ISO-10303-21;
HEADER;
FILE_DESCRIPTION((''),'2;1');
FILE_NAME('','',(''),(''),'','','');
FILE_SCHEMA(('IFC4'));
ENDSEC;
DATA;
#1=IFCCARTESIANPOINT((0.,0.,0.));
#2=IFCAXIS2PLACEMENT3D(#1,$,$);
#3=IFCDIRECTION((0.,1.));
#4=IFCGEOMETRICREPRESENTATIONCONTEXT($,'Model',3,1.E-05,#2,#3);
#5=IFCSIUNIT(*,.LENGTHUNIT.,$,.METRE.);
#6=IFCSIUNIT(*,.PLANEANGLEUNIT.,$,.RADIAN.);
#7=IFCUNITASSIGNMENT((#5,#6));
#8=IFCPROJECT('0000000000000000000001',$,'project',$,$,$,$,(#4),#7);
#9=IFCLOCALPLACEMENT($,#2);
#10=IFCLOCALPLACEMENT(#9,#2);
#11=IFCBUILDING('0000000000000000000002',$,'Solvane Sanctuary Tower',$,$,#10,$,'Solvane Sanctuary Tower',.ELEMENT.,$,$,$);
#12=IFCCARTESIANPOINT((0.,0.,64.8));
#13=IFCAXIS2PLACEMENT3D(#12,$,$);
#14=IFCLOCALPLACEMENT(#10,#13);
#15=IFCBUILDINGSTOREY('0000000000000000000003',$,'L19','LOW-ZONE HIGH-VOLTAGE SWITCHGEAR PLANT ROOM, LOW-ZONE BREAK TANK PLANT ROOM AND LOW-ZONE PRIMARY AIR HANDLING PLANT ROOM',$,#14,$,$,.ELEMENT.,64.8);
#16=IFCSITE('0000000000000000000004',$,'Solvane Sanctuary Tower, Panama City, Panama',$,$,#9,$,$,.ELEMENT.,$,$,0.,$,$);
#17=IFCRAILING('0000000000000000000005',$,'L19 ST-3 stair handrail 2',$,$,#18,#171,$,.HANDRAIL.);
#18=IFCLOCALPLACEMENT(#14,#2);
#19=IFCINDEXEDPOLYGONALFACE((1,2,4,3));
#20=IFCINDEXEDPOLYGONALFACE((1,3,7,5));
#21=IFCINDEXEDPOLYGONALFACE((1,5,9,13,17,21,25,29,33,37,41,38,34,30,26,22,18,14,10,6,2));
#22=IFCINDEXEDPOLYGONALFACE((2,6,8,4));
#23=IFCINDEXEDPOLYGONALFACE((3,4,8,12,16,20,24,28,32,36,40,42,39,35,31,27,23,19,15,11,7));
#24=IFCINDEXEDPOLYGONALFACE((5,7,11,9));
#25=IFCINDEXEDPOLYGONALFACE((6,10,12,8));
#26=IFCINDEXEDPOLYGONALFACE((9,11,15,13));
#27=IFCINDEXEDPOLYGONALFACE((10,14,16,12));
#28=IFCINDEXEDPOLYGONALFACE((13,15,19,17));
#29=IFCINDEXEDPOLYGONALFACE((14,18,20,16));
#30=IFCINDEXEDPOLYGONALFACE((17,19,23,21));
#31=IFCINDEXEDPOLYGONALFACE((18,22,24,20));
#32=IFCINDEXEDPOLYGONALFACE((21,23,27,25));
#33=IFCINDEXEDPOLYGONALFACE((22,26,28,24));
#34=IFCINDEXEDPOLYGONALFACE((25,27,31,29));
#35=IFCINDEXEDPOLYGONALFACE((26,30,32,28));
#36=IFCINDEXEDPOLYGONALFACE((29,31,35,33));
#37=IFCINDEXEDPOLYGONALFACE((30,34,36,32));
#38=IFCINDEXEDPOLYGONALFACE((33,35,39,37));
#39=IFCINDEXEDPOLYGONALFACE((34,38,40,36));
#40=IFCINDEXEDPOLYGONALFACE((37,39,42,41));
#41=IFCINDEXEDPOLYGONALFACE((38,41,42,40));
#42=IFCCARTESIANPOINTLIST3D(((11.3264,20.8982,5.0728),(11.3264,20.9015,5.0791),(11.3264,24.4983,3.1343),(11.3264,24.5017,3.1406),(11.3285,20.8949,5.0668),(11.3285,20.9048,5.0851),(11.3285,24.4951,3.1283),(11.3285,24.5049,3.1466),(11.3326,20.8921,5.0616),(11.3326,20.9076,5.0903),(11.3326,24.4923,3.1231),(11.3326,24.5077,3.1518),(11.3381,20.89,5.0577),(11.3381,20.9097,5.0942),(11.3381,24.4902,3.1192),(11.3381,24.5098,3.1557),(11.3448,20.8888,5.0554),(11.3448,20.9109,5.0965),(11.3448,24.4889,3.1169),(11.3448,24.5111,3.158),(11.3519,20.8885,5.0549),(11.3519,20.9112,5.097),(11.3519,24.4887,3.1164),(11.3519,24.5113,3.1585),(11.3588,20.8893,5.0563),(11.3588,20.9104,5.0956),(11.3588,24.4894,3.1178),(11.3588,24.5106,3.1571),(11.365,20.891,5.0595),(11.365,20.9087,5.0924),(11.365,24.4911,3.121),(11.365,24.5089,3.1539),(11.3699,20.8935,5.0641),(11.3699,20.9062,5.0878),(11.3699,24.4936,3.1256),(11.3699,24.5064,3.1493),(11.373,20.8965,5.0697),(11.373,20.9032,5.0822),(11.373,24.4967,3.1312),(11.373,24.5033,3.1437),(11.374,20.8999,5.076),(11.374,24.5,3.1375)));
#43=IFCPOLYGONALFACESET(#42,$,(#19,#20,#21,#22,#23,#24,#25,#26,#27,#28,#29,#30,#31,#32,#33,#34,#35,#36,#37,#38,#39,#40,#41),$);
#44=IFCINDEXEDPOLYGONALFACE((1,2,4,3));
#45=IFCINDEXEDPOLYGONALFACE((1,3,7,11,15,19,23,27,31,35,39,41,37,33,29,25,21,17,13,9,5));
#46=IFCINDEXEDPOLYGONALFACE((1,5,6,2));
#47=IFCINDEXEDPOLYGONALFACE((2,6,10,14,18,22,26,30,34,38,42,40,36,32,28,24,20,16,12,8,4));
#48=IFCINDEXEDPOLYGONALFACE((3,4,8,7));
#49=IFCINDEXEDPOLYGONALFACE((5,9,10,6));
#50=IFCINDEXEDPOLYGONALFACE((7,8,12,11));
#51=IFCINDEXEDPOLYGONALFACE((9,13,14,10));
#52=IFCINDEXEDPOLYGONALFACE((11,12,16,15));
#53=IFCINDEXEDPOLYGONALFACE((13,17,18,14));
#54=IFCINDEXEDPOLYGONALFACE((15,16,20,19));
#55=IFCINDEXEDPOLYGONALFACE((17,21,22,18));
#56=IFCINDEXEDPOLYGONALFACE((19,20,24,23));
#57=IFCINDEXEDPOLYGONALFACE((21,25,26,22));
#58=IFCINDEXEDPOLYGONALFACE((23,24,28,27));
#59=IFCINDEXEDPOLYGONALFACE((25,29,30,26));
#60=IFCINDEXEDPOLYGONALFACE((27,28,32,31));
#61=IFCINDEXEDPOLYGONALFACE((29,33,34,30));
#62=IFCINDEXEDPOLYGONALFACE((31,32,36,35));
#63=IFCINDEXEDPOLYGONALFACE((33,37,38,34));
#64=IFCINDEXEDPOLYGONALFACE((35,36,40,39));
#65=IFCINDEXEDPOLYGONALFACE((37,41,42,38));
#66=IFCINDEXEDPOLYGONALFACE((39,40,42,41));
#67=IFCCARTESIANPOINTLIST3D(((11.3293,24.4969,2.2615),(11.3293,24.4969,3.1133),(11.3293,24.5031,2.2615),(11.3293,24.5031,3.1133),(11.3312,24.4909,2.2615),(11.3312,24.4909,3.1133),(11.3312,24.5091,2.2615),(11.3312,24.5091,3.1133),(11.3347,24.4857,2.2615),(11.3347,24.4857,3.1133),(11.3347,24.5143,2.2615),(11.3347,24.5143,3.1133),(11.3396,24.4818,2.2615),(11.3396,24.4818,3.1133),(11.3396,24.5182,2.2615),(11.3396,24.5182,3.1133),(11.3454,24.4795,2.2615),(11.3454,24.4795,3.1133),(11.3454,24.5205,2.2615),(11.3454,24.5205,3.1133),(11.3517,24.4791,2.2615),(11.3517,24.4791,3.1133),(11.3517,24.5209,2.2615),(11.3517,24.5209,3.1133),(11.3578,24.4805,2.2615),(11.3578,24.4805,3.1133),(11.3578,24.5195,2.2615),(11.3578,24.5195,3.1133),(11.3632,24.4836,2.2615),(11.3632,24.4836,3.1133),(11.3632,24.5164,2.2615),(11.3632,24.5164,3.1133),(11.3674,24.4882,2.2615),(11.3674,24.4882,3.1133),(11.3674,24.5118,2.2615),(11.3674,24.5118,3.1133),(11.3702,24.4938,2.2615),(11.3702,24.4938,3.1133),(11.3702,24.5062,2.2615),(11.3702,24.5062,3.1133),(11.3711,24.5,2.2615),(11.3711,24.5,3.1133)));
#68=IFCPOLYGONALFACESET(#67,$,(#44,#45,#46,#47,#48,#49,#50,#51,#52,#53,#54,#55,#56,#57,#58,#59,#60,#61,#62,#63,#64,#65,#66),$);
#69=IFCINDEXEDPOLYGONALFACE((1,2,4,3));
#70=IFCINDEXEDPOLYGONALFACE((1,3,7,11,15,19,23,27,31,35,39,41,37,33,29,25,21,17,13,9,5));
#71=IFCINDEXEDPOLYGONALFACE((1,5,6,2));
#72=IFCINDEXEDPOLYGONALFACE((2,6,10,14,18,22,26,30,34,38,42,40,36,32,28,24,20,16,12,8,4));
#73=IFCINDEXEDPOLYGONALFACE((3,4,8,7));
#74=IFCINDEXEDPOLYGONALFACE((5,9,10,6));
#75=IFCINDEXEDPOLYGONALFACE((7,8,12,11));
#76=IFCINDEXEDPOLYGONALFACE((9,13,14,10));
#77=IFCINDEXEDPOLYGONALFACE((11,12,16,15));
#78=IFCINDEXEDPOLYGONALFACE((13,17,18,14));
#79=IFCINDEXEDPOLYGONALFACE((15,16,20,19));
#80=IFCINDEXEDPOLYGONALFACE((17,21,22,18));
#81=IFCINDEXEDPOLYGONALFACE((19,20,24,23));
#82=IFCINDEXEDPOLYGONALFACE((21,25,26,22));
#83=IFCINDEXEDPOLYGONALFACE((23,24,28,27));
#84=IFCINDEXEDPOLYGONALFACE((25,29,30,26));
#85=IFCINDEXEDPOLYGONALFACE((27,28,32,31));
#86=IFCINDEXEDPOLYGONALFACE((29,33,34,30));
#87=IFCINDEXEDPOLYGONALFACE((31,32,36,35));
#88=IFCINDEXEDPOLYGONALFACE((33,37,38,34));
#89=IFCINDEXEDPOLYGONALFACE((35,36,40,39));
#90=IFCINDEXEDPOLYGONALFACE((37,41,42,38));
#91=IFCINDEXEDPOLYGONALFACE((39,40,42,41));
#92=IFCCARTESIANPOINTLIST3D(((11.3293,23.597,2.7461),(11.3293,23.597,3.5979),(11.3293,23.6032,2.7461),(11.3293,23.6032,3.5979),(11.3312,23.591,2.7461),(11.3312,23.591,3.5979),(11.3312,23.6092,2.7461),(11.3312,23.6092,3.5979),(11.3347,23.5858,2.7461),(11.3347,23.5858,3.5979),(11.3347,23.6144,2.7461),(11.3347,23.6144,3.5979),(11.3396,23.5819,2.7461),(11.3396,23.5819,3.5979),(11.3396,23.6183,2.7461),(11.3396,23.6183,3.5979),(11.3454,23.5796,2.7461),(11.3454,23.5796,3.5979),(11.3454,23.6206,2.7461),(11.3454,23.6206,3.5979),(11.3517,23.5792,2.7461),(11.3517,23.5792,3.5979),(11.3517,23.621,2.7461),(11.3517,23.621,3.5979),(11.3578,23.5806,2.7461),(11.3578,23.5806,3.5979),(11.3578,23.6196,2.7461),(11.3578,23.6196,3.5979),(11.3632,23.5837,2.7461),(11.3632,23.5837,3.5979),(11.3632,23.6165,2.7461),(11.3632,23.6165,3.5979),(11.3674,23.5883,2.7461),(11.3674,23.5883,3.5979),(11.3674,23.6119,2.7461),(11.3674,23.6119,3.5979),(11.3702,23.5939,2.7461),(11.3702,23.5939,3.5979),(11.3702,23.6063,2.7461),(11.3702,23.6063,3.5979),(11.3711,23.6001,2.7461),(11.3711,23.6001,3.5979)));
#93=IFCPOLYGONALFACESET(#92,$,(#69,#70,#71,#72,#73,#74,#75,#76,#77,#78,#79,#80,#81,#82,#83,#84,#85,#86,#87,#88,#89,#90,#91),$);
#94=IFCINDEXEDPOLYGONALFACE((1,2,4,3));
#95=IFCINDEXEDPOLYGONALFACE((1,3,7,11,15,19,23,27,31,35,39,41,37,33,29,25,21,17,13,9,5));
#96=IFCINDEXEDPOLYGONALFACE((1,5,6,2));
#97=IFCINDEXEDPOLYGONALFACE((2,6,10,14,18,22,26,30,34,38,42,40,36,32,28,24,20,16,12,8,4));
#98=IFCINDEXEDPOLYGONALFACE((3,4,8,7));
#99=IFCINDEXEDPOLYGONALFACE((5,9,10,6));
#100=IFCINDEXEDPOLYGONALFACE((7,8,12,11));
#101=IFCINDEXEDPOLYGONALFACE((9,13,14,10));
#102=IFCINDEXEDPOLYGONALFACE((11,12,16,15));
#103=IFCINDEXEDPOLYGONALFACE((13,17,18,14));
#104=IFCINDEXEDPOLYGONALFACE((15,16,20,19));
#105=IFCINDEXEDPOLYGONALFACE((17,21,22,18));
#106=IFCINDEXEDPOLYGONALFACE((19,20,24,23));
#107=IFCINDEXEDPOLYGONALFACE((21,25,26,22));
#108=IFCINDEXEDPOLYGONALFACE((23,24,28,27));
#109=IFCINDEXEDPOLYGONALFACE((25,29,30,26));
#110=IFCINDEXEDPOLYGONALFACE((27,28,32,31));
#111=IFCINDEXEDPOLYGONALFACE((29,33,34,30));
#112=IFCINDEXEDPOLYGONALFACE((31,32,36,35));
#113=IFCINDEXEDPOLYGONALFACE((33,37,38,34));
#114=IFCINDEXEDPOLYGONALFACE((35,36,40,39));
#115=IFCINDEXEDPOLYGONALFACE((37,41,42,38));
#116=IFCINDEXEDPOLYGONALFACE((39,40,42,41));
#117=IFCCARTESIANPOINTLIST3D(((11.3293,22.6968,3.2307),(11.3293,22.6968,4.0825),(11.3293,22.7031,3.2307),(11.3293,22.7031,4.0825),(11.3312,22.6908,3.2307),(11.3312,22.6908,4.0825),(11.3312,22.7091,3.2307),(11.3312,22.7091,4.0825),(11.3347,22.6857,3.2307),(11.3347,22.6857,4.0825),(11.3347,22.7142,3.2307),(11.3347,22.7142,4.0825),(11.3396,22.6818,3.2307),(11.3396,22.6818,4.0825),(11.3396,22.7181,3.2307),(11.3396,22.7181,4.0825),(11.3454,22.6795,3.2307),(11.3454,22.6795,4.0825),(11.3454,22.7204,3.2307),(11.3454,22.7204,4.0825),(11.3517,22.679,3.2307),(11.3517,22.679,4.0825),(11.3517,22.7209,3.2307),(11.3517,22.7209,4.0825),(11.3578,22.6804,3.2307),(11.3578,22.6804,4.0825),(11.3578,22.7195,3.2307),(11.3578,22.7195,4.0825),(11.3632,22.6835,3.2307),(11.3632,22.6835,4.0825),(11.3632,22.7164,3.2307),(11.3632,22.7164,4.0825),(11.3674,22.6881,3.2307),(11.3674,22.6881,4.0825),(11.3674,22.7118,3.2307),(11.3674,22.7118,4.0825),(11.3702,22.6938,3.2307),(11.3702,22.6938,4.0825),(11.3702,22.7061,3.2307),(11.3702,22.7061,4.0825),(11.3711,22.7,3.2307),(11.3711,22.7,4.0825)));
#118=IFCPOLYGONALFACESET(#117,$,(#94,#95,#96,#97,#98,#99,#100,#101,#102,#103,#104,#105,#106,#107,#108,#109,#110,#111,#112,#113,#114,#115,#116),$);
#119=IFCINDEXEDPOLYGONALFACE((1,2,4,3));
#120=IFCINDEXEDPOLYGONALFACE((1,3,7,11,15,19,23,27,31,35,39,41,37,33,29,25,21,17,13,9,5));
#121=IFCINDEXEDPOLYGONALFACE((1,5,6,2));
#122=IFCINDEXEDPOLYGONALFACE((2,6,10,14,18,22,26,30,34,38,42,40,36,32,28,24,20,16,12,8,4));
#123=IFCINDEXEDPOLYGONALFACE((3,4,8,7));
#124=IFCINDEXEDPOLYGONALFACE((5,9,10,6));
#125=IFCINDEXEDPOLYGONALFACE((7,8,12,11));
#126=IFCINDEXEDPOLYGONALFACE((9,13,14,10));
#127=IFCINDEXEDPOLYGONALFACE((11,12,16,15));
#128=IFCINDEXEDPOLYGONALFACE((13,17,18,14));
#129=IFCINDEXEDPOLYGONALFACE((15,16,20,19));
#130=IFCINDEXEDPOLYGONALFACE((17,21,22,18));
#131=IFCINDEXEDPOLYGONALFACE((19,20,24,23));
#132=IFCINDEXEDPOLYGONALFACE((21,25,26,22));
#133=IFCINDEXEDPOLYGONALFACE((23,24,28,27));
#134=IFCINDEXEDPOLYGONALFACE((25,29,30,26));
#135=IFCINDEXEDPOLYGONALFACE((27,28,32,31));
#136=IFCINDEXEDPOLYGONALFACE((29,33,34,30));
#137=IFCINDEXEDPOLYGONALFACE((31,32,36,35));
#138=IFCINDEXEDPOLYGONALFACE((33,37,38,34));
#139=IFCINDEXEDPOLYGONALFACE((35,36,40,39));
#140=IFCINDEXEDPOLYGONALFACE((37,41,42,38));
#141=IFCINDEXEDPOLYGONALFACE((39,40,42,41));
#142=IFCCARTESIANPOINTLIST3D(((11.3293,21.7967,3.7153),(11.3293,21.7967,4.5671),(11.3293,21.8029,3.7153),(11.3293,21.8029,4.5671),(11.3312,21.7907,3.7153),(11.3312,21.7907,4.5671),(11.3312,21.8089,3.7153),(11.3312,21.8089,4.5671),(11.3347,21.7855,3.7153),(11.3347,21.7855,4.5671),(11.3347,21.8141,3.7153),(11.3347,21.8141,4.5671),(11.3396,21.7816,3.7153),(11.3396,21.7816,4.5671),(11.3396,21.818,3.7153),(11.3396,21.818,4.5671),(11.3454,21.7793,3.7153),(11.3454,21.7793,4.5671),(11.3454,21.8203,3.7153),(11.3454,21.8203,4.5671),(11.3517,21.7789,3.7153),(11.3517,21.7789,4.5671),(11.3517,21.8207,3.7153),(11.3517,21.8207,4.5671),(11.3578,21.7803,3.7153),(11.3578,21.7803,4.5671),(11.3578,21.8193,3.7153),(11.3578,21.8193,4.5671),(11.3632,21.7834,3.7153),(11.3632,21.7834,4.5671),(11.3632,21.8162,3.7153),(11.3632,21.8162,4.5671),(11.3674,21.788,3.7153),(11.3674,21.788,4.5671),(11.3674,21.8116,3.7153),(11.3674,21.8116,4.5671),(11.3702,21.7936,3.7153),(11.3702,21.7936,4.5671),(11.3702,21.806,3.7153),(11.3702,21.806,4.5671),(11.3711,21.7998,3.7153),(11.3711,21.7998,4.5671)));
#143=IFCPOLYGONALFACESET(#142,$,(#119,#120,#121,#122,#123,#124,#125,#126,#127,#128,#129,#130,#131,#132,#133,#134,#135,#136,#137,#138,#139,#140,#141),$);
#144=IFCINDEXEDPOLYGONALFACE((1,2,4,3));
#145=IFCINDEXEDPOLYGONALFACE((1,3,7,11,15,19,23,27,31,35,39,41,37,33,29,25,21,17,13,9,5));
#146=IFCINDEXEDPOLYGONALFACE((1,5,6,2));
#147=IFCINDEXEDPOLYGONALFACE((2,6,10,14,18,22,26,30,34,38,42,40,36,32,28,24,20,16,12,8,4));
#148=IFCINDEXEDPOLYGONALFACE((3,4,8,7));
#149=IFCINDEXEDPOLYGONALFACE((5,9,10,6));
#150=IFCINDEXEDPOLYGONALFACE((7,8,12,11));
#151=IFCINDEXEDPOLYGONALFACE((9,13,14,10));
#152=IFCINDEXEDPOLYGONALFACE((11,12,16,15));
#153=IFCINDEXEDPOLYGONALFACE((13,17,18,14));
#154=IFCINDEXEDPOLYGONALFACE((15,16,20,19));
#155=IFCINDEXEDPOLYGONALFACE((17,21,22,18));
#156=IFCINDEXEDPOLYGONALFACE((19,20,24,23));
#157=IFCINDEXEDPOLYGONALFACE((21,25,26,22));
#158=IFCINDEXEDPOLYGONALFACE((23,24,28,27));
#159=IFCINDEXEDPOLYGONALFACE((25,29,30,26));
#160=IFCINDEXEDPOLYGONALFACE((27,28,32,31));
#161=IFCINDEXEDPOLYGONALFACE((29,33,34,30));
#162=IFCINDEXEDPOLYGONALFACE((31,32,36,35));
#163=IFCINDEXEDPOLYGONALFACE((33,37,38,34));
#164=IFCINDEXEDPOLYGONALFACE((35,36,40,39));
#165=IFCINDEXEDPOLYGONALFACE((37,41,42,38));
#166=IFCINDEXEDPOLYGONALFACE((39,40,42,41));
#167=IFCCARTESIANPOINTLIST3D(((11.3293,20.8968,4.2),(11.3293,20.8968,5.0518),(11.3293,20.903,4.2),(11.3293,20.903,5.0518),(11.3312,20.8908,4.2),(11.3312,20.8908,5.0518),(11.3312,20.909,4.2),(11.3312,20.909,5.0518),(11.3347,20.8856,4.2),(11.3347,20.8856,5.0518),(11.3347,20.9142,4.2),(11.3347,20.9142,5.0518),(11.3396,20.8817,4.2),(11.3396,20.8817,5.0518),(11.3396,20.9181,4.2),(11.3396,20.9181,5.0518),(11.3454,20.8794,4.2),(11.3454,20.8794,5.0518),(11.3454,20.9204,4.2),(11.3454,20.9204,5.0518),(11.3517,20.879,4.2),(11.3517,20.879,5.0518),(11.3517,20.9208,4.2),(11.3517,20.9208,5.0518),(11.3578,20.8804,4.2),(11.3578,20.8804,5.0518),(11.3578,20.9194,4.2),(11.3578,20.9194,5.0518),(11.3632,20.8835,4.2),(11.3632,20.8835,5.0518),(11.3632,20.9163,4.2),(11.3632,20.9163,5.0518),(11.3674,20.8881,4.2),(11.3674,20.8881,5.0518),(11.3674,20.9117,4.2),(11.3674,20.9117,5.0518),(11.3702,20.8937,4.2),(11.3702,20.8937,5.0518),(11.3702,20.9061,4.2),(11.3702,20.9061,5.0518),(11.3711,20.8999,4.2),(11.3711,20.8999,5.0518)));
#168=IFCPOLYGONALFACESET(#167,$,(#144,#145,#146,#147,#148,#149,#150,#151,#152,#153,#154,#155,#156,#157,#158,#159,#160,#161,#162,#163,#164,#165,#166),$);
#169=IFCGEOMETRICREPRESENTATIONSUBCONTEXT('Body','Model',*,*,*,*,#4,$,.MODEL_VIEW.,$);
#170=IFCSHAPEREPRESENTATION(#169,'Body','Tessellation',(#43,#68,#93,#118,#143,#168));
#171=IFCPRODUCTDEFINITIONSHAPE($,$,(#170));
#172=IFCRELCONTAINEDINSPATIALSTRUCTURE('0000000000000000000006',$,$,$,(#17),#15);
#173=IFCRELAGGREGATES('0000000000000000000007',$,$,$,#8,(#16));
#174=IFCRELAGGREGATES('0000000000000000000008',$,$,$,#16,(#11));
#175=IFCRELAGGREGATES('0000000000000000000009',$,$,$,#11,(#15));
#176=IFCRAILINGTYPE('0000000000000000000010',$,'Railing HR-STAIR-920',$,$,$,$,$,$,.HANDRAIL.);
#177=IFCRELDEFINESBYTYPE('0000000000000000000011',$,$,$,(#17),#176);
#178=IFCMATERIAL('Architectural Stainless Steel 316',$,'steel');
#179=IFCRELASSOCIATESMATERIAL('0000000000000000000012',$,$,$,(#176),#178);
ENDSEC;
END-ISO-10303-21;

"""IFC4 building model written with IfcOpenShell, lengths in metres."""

from ifc_helpers import new_model, si_unit, direction, frame, origin, origin_2d, place, context, subcontext, project, spatial, circle, extrude, material, type_object, element, save


model = new_model("IFC4")

# Units and contexts
model_context = context("Model", 3, precision=1e-05, world=origin(), true_north=direction((0.0, 1.0)))
body_context = subcontext(model_context, "Body", "Model", "MODEL_VIEW")
ifc_project = project(units=[si_unit("LENGTHUNIT", "METRE"), si_unit("PLANEANGLEUNIT", "RADIAN")], contexts=[model_context])

# Site, building, storey
site_placement = place(None, origin())
site = spatial("IfcSite", under=ifc_project, at=site_placement, Name="Solvane Sanctuary Tower, Panama City, Panama", CompositionType="ELEMENT", RefElevation=0.0)
building_placement = place(site_placement, origin())
building = spatial("IfcBuilding", under=site, at=building_placement, Name="Solvane Sanctuary Tower", LongName="Solvane Sanctuary Tower", CompositionType="ELEMENT")
storey_placement = place(building_placement, frame((0.0, 0.0, 64.8)))
storey = spatial("IfcBuildingStorey", under=building, at=storey_placement, Name="L19", Description="LOW-ZONE HIGH-VOLTAGE SWITCHGEAR PLANT ROOM, LOW-ZONE BREAK TANK PLANT ROOM AND LOW-ZONE PRIMARY AIR HANDLING PLANT ROOM", CompositionType="ELEMENT", Elevation=64.8)

# Shared definitions
ifc_material_1 = material(Name="Architectural Stainless Steel 316", Category="steel")

# Railing
railing_type_1 = type_object("IfcRailingType", Name="Railing HR-STAIR-920", PredefinedType="HANDRAIL", material=ifc_material_1)
railing_1_placement = place(storey_placement, frame((11.3501, 24.5, 2.2615)))
element("IfcRailing", 1, at=railing_1_placement, inside=storey, type_object=railing_type_1, Name="L19 ST-3 stair handrail 2", PredefinedType="HANDRAIL", context=body_context, shape_type="SweptSolid", body=[
    extrude(circle(Radius=0.0239, at=origin_2d()), frame((0.0, 0.0, 0.876), z_axis=(0.0, -0.880475, 0.474093), x_axis=(1.0, 0.0, 0.0)), (0.0, 0.0, 1.0), 4.0889),
    extrude(circle(Radius=0.021, at=origin_2d()), origin(), (0.0, 0.0, 1.0), 0.8518),
    extrude(circle(Radius=0.021, at=origin_2d()), frame((0.0, -0.8999, 0.4846)), (0.0, 0.0, 1.0), 0.8518),
    extrude(circle(Radius=0.021, at=origin_2d()), frame((0.0, -1.8, 0.9692)), (0.0, 0.0, 1.0), 0.8518),
    extrude(circle(Radius=0.021, at=origin_2d()), frame((0.0, -2.7002, 1.4539)), (0.0, 0.0, 1.0), 0.8518),
    extrude(circle(Radius=0.021, at=origin_2d()), frame((0.0, -3.6001, 1.9385)), (0.0, 0.0, 1.0), 0.8518),
])

save(model, "model.ifc")
